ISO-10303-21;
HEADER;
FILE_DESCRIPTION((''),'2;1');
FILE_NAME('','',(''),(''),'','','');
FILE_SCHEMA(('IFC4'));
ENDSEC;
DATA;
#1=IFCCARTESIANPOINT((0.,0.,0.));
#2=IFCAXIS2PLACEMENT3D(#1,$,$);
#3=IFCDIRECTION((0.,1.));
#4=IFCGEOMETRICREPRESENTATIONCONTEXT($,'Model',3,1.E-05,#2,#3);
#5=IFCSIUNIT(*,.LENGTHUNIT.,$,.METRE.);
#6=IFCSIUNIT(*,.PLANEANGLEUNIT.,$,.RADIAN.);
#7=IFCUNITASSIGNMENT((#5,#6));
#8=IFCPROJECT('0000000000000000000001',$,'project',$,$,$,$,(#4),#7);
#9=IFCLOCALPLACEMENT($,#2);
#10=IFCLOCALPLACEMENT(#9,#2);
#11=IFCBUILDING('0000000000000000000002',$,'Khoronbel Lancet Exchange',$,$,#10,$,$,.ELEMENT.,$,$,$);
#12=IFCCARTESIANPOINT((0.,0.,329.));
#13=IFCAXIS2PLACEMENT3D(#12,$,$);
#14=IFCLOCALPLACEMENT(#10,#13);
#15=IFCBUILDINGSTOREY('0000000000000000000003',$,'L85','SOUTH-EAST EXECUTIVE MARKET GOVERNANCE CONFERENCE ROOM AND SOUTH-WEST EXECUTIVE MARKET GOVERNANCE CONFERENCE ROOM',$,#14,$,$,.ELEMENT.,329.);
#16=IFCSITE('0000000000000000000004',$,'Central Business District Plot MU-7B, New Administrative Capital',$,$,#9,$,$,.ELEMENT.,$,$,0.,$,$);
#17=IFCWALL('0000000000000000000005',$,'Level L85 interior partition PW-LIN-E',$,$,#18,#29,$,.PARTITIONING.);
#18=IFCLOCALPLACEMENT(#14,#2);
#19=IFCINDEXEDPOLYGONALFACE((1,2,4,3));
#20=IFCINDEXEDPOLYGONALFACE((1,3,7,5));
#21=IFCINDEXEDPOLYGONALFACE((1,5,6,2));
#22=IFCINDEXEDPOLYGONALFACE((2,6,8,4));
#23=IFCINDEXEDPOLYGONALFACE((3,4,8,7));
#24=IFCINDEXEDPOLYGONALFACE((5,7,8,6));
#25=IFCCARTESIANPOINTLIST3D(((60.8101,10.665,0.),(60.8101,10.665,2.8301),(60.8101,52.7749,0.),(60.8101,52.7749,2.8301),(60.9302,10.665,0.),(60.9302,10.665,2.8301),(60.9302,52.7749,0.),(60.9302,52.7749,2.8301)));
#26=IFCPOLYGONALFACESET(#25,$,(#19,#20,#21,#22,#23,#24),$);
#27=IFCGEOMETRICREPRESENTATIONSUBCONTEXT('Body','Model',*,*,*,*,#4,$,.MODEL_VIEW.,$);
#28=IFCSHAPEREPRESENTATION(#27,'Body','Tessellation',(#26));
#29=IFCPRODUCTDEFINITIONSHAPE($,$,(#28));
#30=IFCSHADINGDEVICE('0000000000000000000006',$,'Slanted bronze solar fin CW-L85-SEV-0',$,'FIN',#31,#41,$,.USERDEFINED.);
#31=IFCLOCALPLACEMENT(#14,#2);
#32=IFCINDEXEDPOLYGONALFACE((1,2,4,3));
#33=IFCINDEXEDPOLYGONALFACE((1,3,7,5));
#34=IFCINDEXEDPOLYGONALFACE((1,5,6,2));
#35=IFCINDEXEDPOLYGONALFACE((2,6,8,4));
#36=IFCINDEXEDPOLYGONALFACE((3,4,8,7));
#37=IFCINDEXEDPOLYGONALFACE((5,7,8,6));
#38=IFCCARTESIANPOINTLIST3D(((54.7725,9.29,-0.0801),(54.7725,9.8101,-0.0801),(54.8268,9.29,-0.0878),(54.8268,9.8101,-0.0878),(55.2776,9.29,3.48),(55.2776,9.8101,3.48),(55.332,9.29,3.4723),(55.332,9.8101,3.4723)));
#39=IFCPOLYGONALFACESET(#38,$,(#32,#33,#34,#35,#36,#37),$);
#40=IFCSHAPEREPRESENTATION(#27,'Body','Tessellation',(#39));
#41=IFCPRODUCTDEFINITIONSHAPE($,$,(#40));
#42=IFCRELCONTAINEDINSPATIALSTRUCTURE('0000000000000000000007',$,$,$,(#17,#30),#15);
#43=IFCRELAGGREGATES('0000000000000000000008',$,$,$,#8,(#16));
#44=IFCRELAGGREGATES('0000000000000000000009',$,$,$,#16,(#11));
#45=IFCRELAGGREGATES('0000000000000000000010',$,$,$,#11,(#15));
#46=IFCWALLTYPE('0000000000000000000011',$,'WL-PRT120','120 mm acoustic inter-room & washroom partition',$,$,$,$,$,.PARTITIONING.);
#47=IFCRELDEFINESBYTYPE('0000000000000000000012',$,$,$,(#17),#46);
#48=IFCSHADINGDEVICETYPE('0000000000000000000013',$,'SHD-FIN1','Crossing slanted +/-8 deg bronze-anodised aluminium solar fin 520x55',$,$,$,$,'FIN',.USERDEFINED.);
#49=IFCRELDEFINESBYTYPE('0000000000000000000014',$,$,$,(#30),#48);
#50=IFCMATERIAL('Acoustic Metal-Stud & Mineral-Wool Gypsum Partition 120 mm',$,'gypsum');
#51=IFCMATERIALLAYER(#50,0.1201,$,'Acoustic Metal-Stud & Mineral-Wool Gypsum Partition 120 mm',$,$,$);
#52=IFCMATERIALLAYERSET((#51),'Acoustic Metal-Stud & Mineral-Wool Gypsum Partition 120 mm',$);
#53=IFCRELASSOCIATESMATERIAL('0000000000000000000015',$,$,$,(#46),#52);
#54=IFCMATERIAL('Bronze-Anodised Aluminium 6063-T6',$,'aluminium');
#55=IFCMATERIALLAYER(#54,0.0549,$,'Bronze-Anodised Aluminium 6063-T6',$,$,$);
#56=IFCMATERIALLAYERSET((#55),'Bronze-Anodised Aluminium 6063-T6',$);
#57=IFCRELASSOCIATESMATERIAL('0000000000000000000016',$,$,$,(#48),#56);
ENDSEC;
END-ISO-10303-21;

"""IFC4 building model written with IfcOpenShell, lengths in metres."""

from ifc_helpers import new_model, si_unit, direction, frame, frame_2d, origin, place, context, subcontext, project, spatial, polyline, rectangle, outline, extrude, material, layer, layer_set, type_object, element, save


model = new_model("IFC4")

# Units and contexts
model_context = context("Model", 3, precision=1e-05, world=origin(), true_north=direction((0.0, 1.0)))
body_context = subcontext(model_context, "Body", "Model", "MODEL_VIEW")
ifc_project = project(units=[si_unit("LENGTHUNIT", "METRE"), si_unit("PLANEANGLEUNIT", "RADIAN")], contexts=[model_context])

# Site, building, storey
site_placement = place(None, origin())
site = spatial("IfcSite", under=ifc_project, at=site_placement, Name="Central Business District Plot MU-7B, New Administrative Capital", CompositionType="ELEMENT", RefElevation=0.0)
building_placement = place(site_placement, origin())
building = spatial("IfcBuilding", under=site, at=building_placement, Name="Khoronbel Lancet Exchange", CompositionType="ELEMENT")
storey_placement = place(building_placement, frame((0.0, 0.0, 329.0)))
storey = spatial("IfcBuildingStorey", under=building, at=storey_placement, Name="L85", Description="SOUTH-EAST EXECUTIVE MARKET GOVERNANCE CONFERENCE ROOM AND SOUTH-WEST EXECUTIVE MARKET GOVERNANCE CONFERENCE ROOM", CompositionType="ELEMENT", Elevation=329.0)

# Shared definitions
ifc_material_1 = material(Name="Bronze-Anodised Aluminium 6063-T6", Category="aluminium")

# Wall
ifc_material_2 = material(Name="Acoustic Metal-Stud & Mineral-Wool Gypsum Partition 120 mm", Category="gypsum")
ifc_layer_1 = layer(ifc_material_2, 0.1201, Name="Acoustic Metal-Stud & Mineral-Wool Gypsum Partition 120 mm")
ifc_layer_set_1 = layer_set([ifc_layer_1], Name="Acoustic Metal-Stud & Mineral-Wool Gypsum Partition 120 mm")
wall_type_1 = type_object("IfcWallType", Name="WL-PRT120", Description="120 mm acoustic inter-room & washroom partition", PredefinedType="PARTITIONING", material=ifc_layer_set_1)
wall_1_placement = place(storey_placement, frame((60.8701, 10.665, 0.0), z_axis=(0.0, 0.0, 1.0), x_axis=(0.0, 1.0, 0.0)))
element("IfcWall", 1, at=wall_1_placement, inside=storey, type_object=wall_type_1, Name="Level L85 interior partition PW-LIN-E", PredefinedType="PARTITIONING", context=body_context, shape_type="SweptSolid", body=[
    extrude(rectangle(XDim=42.1099, YDim=0.1201, at=frame_2d((21.0549, 0.0))), origin(), (0.0, 0.0, 1.0), 2.8301),
])

# Shading device
ifc_layer_2 = layer(ifc_material_1, 0.0549, Name="Bronze-Anodised Aluminium 6063-T6")
ifc_layer_set_2 = layer_set([ifc_layer_2], Name="Bronze-Anodised Aluminium 6063-T6")
shading_device_type = type_object("IfcShadingDeviceType", Name="SHD-FIN1", Description="Crossing slanted +/-8 deg bronze-anodised aluminium solar fin 520x55", ElementType="FIN", PredefinedType="USERDEFINED", material=ifc_layer_set_2)
shading_device_placement = place(storey_placement, frame((54.7725, 9.8101, -0.0801), z_axis=(-0.990083, 0.0, 0.14048), x_axis=(0.0, -1.0, 0.0)))
element("IfcShadingDevice", 2, at=shading_device_placement, inside=storey, type_object=shading_device_type, Name="Slanted bronze solar fin CW-L85-SEV-0", ObjectType="FIN", PredefinedType="USERDEFINED", context=body_context, shape_type="SweptSolid", body=[
    extrude(outline(polyline([(0.0, 0.0), (0.52, 0.0), (0.52, 3.5957), (0.0, 3.5957), (0.0, 0.0)])), origin(), (0.0, 0.0, -1.0), 0.0549),
])

save(model, "model.ifc")
